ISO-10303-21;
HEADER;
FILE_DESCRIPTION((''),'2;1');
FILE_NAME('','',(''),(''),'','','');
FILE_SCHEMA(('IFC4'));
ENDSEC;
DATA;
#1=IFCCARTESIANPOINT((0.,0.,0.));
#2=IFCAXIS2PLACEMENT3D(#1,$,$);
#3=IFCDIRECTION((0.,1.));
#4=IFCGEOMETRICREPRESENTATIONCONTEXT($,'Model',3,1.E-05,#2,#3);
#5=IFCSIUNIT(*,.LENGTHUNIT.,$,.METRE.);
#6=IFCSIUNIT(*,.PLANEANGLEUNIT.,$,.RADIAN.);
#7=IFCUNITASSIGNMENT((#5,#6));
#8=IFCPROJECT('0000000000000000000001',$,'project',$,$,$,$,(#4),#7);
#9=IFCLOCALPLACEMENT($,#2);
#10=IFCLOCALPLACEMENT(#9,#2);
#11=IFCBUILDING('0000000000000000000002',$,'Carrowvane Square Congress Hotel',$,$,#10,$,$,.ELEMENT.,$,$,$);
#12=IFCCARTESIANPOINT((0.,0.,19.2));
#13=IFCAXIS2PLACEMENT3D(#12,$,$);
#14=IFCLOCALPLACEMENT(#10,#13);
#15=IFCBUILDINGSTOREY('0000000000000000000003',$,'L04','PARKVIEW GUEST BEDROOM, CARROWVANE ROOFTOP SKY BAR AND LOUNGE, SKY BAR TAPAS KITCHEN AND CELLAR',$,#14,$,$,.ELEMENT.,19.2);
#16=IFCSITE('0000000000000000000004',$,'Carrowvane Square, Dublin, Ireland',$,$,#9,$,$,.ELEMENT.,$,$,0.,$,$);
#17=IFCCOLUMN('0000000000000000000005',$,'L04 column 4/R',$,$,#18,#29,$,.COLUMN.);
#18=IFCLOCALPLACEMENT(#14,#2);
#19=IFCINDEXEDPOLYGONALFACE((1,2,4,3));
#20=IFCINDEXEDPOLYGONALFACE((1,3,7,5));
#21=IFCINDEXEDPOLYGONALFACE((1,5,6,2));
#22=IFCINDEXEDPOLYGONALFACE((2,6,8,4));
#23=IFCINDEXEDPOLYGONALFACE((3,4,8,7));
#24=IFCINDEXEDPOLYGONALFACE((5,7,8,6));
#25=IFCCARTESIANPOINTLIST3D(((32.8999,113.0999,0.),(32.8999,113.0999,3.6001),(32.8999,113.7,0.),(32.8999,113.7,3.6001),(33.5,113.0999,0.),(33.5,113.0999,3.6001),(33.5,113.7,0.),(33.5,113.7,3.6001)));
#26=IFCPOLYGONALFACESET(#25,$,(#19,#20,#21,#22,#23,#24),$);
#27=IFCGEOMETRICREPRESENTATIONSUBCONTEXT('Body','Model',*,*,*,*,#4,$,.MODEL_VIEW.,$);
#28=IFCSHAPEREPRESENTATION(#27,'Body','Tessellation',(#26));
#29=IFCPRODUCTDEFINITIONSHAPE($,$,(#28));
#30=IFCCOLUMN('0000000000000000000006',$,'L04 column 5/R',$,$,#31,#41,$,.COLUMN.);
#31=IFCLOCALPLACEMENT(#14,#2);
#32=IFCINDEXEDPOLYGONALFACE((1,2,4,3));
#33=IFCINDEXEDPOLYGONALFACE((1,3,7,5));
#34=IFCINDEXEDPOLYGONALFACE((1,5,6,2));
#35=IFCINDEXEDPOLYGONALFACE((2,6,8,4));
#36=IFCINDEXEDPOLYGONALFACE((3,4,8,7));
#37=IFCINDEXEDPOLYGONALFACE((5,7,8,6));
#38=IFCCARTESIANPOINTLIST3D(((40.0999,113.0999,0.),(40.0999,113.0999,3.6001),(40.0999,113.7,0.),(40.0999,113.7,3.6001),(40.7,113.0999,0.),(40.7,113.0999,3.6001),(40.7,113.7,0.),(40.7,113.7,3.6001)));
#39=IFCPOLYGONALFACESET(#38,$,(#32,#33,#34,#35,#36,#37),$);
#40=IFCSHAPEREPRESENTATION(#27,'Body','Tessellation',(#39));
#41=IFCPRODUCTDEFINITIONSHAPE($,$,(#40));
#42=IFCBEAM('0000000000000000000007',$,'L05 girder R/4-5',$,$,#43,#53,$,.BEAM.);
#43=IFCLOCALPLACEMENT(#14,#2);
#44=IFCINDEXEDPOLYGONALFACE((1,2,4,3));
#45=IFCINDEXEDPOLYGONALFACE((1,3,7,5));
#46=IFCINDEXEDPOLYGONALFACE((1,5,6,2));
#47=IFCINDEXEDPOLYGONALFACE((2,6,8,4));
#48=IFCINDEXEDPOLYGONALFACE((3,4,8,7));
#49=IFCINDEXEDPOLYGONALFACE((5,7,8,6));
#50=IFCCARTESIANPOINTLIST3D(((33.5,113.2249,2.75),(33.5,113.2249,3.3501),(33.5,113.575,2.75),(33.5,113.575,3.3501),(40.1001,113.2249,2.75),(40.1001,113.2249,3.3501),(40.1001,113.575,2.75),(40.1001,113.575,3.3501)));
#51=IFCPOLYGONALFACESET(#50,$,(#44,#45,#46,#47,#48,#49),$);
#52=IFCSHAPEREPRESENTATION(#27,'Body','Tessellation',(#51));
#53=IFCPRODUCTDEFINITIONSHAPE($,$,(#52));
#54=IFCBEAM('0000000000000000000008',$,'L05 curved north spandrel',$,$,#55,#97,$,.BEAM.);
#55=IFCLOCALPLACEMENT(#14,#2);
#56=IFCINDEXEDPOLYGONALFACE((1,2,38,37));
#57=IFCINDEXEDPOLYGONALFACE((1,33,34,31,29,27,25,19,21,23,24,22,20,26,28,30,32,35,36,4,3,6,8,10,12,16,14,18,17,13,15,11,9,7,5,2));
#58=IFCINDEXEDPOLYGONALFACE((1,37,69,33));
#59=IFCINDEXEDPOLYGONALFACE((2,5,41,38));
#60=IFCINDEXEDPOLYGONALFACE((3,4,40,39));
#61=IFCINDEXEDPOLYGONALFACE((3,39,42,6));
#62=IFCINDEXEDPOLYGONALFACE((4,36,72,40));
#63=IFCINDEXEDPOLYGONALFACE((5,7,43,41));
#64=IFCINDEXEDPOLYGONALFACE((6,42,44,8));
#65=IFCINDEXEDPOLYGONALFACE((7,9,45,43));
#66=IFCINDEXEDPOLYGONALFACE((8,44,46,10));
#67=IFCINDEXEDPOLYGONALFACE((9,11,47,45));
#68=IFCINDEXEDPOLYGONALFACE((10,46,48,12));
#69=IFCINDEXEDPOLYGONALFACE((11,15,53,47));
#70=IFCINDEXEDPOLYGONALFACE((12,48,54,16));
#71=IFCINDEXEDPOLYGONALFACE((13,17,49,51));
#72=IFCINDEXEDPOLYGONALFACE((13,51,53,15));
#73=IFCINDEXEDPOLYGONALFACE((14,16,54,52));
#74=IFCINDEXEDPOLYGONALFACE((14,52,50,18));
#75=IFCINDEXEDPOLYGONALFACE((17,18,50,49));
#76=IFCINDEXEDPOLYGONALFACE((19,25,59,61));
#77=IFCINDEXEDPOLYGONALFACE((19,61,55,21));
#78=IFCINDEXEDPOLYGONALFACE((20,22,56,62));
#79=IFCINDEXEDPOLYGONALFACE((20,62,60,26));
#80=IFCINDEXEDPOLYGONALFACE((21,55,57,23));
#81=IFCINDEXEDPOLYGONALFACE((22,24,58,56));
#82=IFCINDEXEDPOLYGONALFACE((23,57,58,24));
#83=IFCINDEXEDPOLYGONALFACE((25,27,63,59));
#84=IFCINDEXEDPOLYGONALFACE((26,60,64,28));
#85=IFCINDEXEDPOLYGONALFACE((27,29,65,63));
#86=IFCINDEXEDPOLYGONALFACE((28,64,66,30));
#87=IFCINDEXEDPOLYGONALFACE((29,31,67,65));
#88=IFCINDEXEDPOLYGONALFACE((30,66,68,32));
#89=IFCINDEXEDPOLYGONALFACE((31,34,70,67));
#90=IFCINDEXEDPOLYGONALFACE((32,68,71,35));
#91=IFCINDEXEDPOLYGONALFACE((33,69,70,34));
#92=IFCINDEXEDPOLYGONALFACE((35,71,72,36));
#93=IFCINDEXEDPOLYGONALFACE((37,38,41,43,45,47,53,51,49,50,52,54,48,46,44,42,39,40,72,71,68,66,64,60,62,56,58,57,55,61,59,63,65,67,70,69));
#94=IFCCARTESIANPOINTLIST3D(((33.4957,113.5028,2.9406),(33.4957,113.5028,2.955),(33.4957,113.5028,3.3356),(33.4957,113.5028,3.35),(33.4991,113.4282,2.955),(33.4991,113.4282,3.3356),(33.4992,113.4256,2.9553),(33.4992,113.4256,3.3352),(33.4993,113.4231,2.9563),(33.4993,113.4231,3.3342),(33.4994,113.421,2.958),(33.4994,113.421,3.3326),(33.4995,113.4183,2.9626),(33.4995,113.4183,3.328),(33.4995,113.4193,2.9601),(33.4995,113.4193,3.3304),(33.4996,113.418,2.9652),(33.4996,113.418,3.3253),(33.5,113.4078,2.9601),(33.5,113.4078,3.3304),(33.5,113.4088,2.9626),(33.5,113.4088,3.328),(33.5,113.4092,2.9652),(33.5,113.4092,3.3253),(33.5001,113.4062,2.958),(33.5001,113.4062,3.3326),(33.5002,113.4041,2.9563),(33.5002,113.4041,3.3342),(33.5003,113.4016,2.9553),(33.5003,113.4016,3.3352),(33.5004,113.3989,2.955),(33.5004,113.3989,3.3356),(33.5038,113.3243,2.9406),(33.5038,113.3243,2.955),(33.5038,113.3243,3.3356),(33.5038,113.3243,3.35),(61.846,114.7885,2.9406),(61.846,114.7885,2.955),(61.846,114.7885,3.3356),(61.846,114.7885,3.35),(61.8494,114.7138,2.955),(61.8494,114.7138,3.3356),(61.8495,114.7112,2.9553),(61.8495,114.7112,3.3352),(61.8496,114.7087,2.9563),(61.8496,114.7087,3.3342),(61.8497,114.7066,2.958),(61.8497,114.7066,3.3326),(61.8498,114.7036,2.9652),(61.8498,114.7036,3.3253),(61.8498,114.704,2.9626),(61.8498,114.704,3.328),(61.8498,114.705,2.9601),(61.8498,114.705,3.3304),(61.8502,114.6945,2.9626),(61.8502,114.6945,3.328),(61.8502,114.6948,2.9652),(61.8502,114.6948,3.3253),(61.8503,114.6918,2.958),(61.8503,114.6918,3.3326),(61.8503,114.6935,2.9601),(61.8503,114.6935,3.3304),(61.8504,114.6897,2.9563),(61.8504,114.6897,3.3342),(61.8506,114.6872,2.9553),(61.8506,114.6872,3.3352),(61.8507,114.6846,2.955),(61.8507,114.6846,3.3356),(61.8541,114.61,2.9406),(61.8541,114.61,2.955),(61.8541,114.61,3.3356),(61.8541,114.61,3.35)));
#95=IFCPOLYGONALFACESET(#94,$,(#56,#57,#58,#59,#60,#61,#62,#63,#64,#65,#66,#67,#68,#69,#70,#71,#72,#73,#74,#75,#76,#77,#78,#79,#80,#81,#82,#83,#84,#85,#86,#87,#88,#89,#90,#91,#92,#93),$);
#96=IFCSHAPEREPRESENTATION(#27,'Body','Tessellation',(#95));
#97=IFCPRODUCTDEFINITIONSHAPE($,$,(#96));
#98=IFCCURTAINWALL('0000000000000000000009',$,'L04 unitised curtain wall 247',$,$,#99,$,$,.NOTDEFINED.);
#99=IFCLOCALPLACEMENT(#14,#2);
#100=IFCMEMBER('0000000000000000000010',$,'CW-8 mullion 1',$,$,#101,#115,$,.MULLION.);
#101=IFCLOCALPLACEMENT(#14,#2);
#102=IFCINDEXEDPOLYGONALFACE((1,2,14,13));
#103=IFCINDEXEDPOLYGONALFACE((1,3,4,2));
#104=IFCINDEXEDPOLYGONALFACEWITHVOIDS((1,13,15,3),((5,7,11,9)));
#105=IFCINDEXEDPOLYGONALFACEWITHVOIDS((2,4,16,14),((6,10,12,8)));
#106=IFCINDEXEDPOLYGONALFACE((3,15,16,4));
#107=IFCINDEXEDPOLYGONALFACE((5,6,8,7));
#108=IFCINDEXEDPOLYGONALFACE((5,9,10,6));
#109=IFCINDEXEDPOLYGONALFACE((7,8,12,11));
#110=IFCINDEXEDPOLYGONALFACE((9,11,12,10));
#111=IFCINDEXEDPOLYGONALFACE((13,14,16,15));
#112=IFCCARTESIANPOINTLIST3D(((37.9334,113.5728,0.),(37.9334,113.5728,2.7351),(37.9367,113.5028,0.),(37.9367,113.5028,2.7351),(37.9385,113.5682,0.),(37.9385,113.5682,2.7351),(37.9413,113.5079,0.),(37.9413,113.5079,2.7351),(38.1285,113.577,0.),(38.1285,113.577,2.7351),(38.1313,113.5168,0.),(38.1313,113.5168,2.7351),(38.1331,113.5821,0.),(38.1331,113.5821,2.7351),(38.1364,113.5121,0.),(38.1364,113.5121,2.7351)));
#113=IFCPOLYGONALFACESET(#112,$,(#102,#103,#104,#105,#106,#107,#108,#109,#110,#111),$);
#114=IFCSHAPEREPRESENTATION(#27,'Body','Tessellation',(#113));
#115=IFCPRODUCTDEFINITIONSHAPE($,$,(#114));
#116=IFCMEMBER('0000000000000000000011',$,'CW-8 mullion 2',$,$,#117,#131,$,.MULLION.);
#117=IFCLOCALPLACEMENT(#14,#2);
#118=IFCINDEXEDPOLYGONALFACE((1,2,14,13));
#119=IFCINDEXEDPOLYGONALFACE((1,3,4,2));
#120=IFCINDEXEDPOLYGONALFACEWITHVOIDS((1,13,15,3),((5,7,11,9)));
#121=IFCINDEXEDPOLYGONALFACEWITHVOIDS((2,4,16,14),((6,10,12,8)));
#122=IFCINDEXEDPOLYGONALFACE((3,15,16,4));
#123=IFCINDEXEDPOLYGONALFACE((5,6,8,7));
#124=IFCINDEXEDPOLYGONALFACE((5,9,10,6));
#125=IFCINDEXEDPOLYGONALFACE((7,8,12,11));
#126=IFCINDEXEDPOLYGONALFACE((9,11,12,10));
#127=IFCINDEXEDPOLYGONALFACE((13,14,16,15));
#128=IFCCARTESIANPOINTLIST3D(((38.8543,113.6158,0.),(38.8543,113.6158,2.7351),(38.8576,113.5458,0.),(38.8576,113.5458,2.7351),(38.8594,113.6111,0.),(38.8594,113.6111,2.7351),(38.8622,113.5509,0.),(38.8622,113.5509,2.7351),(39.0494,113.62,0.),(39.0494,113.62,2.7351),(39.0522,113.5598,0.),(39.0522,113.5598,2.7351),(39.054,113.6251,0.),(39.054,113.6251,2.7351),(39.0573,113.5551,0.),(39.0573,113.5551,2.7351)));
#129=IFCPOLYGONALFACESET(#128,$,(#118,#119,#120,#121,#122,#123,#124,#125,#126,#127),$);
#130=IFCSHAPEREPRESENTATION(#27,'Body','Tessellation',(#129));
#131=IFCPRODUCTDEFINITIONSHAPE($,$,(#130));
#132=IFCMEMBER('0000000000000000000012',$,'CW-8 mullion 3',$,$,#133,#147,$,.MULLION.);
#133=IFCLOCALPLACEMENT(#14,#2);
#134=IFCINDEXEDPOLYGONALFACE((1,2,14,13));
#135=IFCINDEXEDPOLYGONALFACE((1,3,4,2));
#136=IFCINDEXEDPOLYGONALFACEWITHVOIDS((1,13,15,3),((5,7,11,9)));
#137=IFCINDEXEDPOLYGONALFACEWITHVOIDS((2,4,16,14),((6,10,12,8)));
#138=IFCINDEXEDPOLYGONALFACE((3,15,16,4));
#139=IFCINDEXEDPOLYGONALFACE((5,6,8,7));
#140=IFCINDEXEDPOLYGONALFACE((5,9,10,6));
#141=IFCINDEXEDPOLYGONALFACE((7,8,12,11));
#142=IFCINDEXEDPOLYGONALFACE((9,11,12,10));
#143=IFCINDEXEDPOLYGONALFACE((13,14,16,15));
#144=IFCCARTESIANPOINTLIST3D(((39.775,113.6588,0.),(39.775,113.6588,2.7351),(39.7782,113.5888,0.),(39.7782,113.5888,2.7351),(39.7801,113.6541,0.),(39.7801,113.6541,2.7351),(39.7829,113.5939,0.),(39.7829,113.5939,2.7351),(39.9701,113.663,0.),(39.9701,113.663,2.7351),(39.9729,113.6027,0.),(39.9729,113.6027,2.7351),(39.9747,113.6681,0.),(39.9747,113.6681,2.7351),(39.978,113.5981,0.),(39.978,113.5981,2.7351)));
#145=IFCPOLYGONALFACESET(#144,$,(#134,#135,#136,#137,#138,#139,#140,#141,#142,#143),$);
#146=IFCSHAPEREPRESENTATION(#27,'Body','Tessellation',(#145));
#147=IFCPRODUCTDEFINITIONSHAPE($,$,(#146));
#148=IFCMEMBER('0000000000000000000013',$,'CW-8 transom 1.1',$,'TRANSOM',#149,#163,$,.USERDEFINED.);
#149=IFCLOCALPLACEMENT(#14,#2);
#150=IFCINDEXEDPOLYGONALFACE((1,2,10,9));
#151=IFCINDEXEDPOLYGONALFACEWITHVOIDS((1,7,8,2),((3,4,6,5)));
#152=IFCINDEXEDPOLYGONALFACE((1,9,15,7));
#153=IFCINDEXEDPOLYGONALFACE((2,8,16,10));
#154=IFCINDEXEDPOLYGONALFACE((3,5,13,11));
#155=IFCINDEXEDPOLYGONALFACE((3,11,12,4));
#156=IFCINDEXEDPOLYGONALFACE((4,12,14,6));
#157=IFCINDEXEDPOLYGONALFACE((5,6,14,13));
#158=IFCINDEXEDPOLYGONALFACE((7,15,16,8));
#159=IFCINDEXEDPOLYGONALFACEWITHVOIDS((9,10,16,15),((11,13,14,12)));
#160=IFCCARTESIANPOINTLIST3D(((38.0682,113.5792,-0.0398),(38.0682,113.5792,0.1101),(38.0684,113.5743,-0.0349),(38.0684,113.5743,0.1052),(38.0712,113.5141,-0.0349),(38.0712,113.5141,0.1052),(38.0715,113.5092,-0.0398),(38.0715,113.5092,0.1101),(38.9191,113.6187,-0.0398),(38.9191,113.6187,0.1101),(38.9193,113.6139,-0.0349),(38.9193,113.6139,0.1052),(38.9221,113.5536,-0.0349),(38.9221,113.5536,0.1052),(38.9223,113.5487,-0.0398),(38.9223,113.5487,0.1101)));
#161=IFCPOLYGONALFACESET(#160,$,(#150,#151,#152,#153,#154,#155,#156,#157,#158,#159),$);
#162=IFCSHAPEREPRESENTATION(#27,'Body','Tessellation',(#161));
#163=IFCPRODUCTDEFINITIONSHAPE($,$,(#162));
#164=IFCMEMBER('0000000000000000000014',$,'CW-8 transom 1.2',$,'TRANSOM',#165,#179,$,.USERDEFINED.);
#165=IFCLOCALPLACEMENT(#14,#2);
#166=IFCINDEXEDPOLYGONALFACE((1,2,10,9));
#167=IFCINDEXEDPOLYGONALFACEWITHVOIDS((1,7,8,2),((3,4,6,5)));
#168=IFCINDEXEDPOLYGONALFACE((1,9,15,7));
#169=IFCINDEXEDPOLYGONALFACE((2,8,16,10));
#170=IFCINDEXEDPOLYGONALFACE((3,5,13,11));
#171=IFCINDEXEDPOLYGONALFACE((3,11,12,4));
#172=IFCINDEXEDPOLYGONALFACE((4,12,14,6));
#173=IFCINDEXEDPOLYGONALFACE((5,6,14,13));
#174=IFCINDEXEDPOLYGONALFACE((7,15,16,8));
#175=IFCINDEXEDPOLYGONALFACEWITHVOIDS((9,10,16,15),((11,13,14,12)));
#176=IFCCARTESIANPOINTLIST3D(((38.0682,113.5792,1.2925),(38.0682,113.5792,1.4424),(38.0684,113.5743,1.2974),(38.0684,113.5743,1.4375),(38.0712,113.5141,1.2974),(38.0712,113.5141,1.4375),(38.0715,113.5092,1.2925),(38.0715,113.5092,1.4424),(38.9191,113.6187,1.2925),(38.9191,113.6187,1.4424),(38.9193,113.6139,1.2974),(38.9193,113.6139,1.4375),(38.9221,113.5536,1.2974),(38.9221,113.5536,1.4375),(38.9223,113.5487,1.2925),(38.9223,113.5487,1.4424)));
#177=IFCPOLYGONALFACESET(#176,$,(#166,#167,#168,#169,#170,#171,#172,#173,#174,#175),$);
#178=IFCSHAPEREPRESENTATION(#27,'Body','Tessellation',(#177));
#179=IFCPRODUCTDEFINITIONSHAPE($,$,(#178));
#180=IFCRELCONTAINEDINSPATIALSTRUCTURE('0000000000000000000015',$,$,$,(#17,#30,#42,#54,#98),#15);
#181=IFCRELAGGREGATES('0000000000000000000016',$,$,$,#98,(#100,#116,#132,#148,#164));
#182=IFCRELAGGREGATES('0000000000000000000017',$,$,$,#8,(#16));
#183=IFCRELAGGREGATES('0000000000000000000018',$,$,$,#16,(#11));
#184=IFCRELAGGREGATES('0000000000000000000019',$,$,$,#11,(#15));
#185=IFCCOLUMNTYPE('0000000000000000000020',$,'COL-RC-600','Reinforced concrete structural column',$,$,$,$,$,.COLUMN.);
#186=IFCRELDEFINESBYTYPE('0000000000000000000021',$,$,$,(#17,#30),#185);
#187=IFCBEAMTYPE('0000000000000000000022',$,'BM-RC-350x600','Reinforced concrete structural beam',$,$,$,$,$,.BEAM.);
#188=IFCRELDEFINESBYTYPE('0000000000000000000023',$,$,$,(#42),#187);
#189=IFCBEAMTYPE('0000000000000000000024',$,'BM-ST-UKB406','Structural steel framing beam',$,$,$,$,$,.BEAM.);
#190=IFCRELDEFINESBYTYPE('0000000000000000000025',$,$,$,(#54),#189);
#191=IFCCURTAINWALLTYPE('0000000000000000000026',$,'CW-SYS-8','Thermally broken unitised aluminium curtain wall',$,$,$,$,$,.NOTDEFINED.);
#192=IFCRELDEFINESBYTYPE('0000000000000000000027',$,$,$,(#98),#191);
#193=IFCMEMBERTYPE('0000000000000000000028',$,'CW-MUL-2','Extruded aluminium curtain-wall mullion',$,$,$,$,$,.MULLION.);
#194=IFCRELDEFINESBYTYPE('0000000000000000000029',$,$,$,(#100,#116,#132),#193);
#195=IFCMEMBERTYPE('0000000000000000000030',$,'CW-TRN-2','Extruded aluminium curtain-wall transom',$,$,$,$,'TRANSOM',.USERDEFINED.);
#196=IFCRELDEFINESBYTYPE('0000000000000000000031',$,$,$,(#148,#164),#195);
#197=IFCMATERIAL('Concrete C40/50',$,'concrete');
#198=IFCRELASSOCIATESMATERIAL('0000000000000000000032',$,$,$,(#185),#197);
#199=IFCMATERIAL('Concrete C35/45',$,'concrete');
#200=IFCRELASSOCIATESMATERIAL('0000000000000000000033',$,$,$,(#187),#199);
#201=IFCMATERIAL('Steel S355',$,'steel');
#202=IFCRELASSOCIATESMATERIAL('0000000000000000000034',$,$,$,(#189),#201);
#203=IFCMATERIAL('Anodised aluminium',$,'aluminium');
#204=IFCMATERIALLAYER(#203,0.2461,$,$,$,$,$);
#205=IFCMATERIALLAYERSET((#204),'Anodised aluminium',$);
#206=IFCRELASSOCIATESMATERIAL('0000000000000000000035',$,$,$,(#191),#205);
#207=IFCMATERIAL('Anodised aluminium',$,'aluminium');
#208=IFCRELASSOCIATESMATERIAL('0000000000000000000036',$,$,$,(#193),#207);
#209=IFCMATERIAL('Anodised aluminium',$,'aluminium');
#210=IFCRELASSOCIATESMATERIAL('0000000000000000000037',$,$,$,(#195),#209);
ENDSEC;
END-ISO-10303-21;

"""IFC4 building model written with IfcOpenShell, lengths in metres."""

from ifc_helpers import new_model, si_unit, direction, frame, origin, origin_2d, place, context, subcontext, project, spatial, rectangle, hollow_rectangle, i_section, extrude, material, layer, layer_set, material_profile, profile_set, type_object, element, aggregate, save


model = new_model("IFC4")

# Units and contexts
model_context = context("Model", 3, precision=1e-05, world=origin(), true_north=direction((0.0, 1.0)))
body_context = subcontext(model_context, "Body", "Model", "MODEL_VIEW")
ifc_project = project(units=[si_unit("LENGTHUNIT", "METRE"), si_unit("PLANEANGLEUNIT", "RADIAN")], contexts=[model_context])

# Site, building, storey
site_placement = place(None, origin())
site = spatial("IfcSite", under=ifc_project, at=site_placement, Name="Carrowvane Square, Dublin, Ireland", CompositionType="ELEMENT", RefElevation=0.0)
building_placement = place(site_placement, origin())
building = spatial("IfcBuilding", under=site, at=building_placement, Name="Carrowvane Square Congress Hotel", CompositionType="ELEMENT")
storey_placement = place(building_placement, frame((0.0, 0.0, 19.2)))
storey = spatial("IfcBuildingStorey", under=building, at=storey_placement, Name="L04", Description="PARKVIEW GUEST BEDROOM, CARROWVANE ROOFTOP SKY BAR AND LOUNGE, SKY BAR TAPAS KITCHEN AND CELLAR", CompositionType="ELEMENT", Elevation=19.2)

# Columns
ifc_material_1 = material(Name="Concrete C40/50", Category="concrete")
ifc_material_profile_1 = material_profile(ifc_material_1, rectangle(XDim=0.6001, YDim=0.6001, at=origin_2d()), Name="RC 600x600")
ifc_profile_set_1 = profile_set([ifc_material_profile_1], Name="Concrete C40/50")
column_type = type_object("IfcColumnType", Name="COL-RC-600", Description="Reinforced concrete structural column", PredefinedType="COLUMN", material=ifc_profile_set_1)
for number, where, z_axis, x_axis, name in (
    (1, (33.2, 113.3999, 0.0), (0.0, 0.0, 1.0), (1.0, 0.0, 0.0), "L04 column 4/R"),
    (2, (40.3999, 113.3999, 0.0), (0.0, 0.0, 1.0), (1.0, 0.0, 0.0), "L04 column 5/R"),
):
    element("IfcColumn", number, at=place(storey_placement, frame(where, z_axis=z_axis, x_axis=x_axis)), inside=storey, type_object=column_type, Name=name, PredefinedType="COLUMN", context=body_context, shape_type="SweptSolid", body=[
        extrude(rectangle(XDim=0.6001, YDim=0.6001, at=origin_2d()), origin(), (0.0, 0.0, 1.0), 3.6001),
    ])

# Beams
ifc_material_2 = material(Name="Concrete C35/45", Category="concrete")
ifc_material_profile_2 = material_profile(ifc_material_2, rectangle(XDim=0.3501, YDim=0.6001, at=origin_2d()), Name="RC 350x600")
ifc_profile_set_2 = profile_set([ifc_material_profile_2], Name="Concrete C35/45")
beam_type_1 = type_object("IfcBeamType", Name="BM-RC-350x600", Description="Reinforced concrete structural beam", PredefinedType="BEAM", material=ifc_profile_set_2)
beam_1_placement = place(storey_placement, frame((33.5, 113.3999, 3.05), z_axis=(1.0, 0.0, 0.0), x_axis=(0.0, 1.0, 0.0)))
element("IfcBeam", 3, at=beam_1_placement, inside=storey, type_object=beam_type_1, Name="L05 girder R/4-5", PredefinedType="BEAM", context=body_context, shape_type="SweptSolid", body=[
    extrude(rectangle(XDim=0.3501, YDim=0.6001, at=origin_2d()), origin(), (0.0, 0.0, 1.0), 6.6001),
])
ifc_material_3 = material(Name="Steel S355", Category="steel")
ifc_material_profile_3 = material_profile(ifc_material_3, i_section(OverallWidth=0.1787, OverallDepth=0.4094, WebThickness=0.0088, FlangeThickness=0.0144, FilletRadius=0.0103, at=origin_2d()), Name="UKB 406x178x67")
ifc_profile_set_3 = profile_set([ifc_material_profile_3], Name="Steel S355")
beam_type_2 = type_object("IfcBeamType", Name="BM-ST-UKB406", Description="Structural steel framing beam", PredefinedType="BEAM", material=ifc_profile_set_3)
beam_2_placement = place(storey_placement, frame((33.4998, 113.4136, 3.1453), z_axis=(0.998973, 0.045302, 0.0), x_axis=(-0.045302, 0.998973, 0.0)))
element("IfcBeam", 4, at=beam_2_placement, inside=storey, type_object=beam_type_2, Name="L05 curved north spandrel", PredefinedType="BEAM", context=body_context, shape_type="SweptSolid", body=[
    extrude(i_section(OverallWidth=0.1787, OverallDepth=0.4094, WebThickness=0.0088, FlangeThickness=0.0144, FilletRadius=0.0103, at=origin_2d()), origin(), (0.0, 0.0, 1.0), 28.3794),
])

# Curtain wall, members
ifc_material_4 = material(Name="Anodised aluminium", Category="aluminium")
ifc_layer_1 = layer(ifc_material_4, 0.2461)
ifc_layer_set_1 = layer_set([ifc_layer_1], Name="Anodised aluminium")
curtain_wall_type = type_object("IfcCurtainWallType", Name="CW-SYS-8", Description="Thermally broken unitised aluminium curtain wall", PredefinedType="NOTDEFINED", material=ifc_layer_set_1)
curtain_wall_placement = place(storey_placement, origin())
curtain_wall = element("IfcCurtainWall", 5, at=curtain_wall_placement, inside=storey, type_object=curtain_wall_type, Name="L04 unitised curtain wall 247", PredefinedType="NOTDEFINED")
ifc_material_5 = material(Name="Anodised aluminium", Category="aluminium")
ifc_material_profile_4 = material_profile(ifc_material_5, hollow_rectangle(XDim=0.0701, YDim=0.2, WallThickness=0.0049, at=origin_2d()), Name="CW-ML 70x200x5")
ifc_profile_set_4 = profile_set([ifc_material_profile_4], Name="Anodised aluminium")
member_type_1 = type_object("IfcMemberType", Name="CW-MUL-2", Description="Extruded aluminium curtain-wall mullion", PredefinedType="MULLION", material=ifc_profile_set_4)
member_1_placement = place(storey_placement, frame((38.0349, 113.5425, 0.0), z_axis=(0.0, 0.0, 1.0), x_axis=(-0.046522, 0.998917, 0.0)))
member_1 = element("IfcMember", 6, at=member_1_placement, type_object=member_type_1, Name="CW-8 mullion 1", PredefinedType="MULLION", context=body_context, shape_type="SweptSolid", body=[
    extrude(hollow_rectangle(XDim=0.0701, YDim=0.2, WallThickness=0.0049, at=origin_2d()), origin(), (0.0, 0.0, 1.0), 2.7351),
])
member_2_placement = place(storey_placement, frame((38.9558, 113.5854, 0.0), z_axis=(0.0, 0.0, 1.0), x_axis=(-0.046522, 0.998917, 0.0)))
member_2 = element("IfcMember", 7, at=member_2_placement, type_object=member_type_1, Name="CW-8 mullion 2", PredefinedType="MULLION", context=body_context, shape_type="SweptSolid", body=[
    extrude(hollow_rectangle(XDim=0.0701, YDim=0.2, WallThickness=0.0049, at=origin_2d()), origin(), (0.0, 0.0, 1.0), 2.7351),
])
member_3_placement = place(storey_placement, frame((39.8765, 113.6284, 0.0), z_axis=(0.0, 0.0, 1.0), x_axis=(-0.046522, 0.998917, 0.0)))
member_3 = element("IfcMember", 8, at=member_3_placement, type_object=member_type_1, Name="CW-8 mullion 3", PredefinedType="MULLION", context=body_context, shape_type="SweptSolid", body=[
    extrude(hollow_rectangle(XDim=0.0701, YDim=0.2, WallThickness=0.0049, at=origin_2d()), origin(), (0.0, 0.0, 1.0), 2.7351),
])
ifc_material_6 = material(Name="Anodised aluminium", Category="aluminium")
ifc_material_profile_5 = material_profile(ifc_material_6, hollow_rectangle(XDim=0.0701, YDim=0.1499, WallThickness=0.0049, at=origin_2d()), Name="CW-TR 70x150x5")
ifc_profile_set_5 = profile_set([ifc_material_profile_5], Name="Anodised aluminium")
member_type_2 = type_object("IfcMemberType", Name="CW-TRN-2", Description="Extruded aluminium curtain-wall transom", ElementType="TRANSOM", PredefinedType="USERDEFINED", material=ifc_profile_set_5)
member_4_placement = place(storey_placement, frame((38.0698, 113.5442, 0.0352), z_axis=(0.998921, 0.046435, 0.0), x_axis=(-0.046435, 0.998921, 0.0)))
member_4 = element("IfcMember", 9, at=member_4_placement, type_object=member_type_2, Name="CW-8 transom 1.1", ObjectType="TRANSOM", PredefinedType="USERDEFINED", context=body_context, shape_type="SweptSolid", body=[
    extrude(hollow_rectangle(XDim=0.0701, YDim=0.1499, WallThickness=0.0049, at=origin_2d()), origin(), (0.0, 0.0, 1.0), 0.8518),
])
member_5_placement = place(storey_placement, frame((38.0698, 113.5442, 1.3674), z_axis=(0.998921, 0.046435, 0.0), x_axis=(-0.046435, 0.998921, 0.0)))
member_5 = element("IfcMember", 10, at=member_5_placement, type_object=member_type_2, Name="CW-8 transom 1.2", ObjectType="TRANSOM", PredefinedType="USERDEFINED", context=body_context, shape_type="SweptSolid", body=[
    extrude(hollow_rectangle(XDim=0.0701, YDim=0.1499, WallThickness=0.0049, at=origin_2d()), origin(), (0.0, 0.0, 1.0), 0.8518),
])
aggregate(curtain_wall, [member_1, member_2, member_3, member_4, member_5])

save(model, "model.ifc")
